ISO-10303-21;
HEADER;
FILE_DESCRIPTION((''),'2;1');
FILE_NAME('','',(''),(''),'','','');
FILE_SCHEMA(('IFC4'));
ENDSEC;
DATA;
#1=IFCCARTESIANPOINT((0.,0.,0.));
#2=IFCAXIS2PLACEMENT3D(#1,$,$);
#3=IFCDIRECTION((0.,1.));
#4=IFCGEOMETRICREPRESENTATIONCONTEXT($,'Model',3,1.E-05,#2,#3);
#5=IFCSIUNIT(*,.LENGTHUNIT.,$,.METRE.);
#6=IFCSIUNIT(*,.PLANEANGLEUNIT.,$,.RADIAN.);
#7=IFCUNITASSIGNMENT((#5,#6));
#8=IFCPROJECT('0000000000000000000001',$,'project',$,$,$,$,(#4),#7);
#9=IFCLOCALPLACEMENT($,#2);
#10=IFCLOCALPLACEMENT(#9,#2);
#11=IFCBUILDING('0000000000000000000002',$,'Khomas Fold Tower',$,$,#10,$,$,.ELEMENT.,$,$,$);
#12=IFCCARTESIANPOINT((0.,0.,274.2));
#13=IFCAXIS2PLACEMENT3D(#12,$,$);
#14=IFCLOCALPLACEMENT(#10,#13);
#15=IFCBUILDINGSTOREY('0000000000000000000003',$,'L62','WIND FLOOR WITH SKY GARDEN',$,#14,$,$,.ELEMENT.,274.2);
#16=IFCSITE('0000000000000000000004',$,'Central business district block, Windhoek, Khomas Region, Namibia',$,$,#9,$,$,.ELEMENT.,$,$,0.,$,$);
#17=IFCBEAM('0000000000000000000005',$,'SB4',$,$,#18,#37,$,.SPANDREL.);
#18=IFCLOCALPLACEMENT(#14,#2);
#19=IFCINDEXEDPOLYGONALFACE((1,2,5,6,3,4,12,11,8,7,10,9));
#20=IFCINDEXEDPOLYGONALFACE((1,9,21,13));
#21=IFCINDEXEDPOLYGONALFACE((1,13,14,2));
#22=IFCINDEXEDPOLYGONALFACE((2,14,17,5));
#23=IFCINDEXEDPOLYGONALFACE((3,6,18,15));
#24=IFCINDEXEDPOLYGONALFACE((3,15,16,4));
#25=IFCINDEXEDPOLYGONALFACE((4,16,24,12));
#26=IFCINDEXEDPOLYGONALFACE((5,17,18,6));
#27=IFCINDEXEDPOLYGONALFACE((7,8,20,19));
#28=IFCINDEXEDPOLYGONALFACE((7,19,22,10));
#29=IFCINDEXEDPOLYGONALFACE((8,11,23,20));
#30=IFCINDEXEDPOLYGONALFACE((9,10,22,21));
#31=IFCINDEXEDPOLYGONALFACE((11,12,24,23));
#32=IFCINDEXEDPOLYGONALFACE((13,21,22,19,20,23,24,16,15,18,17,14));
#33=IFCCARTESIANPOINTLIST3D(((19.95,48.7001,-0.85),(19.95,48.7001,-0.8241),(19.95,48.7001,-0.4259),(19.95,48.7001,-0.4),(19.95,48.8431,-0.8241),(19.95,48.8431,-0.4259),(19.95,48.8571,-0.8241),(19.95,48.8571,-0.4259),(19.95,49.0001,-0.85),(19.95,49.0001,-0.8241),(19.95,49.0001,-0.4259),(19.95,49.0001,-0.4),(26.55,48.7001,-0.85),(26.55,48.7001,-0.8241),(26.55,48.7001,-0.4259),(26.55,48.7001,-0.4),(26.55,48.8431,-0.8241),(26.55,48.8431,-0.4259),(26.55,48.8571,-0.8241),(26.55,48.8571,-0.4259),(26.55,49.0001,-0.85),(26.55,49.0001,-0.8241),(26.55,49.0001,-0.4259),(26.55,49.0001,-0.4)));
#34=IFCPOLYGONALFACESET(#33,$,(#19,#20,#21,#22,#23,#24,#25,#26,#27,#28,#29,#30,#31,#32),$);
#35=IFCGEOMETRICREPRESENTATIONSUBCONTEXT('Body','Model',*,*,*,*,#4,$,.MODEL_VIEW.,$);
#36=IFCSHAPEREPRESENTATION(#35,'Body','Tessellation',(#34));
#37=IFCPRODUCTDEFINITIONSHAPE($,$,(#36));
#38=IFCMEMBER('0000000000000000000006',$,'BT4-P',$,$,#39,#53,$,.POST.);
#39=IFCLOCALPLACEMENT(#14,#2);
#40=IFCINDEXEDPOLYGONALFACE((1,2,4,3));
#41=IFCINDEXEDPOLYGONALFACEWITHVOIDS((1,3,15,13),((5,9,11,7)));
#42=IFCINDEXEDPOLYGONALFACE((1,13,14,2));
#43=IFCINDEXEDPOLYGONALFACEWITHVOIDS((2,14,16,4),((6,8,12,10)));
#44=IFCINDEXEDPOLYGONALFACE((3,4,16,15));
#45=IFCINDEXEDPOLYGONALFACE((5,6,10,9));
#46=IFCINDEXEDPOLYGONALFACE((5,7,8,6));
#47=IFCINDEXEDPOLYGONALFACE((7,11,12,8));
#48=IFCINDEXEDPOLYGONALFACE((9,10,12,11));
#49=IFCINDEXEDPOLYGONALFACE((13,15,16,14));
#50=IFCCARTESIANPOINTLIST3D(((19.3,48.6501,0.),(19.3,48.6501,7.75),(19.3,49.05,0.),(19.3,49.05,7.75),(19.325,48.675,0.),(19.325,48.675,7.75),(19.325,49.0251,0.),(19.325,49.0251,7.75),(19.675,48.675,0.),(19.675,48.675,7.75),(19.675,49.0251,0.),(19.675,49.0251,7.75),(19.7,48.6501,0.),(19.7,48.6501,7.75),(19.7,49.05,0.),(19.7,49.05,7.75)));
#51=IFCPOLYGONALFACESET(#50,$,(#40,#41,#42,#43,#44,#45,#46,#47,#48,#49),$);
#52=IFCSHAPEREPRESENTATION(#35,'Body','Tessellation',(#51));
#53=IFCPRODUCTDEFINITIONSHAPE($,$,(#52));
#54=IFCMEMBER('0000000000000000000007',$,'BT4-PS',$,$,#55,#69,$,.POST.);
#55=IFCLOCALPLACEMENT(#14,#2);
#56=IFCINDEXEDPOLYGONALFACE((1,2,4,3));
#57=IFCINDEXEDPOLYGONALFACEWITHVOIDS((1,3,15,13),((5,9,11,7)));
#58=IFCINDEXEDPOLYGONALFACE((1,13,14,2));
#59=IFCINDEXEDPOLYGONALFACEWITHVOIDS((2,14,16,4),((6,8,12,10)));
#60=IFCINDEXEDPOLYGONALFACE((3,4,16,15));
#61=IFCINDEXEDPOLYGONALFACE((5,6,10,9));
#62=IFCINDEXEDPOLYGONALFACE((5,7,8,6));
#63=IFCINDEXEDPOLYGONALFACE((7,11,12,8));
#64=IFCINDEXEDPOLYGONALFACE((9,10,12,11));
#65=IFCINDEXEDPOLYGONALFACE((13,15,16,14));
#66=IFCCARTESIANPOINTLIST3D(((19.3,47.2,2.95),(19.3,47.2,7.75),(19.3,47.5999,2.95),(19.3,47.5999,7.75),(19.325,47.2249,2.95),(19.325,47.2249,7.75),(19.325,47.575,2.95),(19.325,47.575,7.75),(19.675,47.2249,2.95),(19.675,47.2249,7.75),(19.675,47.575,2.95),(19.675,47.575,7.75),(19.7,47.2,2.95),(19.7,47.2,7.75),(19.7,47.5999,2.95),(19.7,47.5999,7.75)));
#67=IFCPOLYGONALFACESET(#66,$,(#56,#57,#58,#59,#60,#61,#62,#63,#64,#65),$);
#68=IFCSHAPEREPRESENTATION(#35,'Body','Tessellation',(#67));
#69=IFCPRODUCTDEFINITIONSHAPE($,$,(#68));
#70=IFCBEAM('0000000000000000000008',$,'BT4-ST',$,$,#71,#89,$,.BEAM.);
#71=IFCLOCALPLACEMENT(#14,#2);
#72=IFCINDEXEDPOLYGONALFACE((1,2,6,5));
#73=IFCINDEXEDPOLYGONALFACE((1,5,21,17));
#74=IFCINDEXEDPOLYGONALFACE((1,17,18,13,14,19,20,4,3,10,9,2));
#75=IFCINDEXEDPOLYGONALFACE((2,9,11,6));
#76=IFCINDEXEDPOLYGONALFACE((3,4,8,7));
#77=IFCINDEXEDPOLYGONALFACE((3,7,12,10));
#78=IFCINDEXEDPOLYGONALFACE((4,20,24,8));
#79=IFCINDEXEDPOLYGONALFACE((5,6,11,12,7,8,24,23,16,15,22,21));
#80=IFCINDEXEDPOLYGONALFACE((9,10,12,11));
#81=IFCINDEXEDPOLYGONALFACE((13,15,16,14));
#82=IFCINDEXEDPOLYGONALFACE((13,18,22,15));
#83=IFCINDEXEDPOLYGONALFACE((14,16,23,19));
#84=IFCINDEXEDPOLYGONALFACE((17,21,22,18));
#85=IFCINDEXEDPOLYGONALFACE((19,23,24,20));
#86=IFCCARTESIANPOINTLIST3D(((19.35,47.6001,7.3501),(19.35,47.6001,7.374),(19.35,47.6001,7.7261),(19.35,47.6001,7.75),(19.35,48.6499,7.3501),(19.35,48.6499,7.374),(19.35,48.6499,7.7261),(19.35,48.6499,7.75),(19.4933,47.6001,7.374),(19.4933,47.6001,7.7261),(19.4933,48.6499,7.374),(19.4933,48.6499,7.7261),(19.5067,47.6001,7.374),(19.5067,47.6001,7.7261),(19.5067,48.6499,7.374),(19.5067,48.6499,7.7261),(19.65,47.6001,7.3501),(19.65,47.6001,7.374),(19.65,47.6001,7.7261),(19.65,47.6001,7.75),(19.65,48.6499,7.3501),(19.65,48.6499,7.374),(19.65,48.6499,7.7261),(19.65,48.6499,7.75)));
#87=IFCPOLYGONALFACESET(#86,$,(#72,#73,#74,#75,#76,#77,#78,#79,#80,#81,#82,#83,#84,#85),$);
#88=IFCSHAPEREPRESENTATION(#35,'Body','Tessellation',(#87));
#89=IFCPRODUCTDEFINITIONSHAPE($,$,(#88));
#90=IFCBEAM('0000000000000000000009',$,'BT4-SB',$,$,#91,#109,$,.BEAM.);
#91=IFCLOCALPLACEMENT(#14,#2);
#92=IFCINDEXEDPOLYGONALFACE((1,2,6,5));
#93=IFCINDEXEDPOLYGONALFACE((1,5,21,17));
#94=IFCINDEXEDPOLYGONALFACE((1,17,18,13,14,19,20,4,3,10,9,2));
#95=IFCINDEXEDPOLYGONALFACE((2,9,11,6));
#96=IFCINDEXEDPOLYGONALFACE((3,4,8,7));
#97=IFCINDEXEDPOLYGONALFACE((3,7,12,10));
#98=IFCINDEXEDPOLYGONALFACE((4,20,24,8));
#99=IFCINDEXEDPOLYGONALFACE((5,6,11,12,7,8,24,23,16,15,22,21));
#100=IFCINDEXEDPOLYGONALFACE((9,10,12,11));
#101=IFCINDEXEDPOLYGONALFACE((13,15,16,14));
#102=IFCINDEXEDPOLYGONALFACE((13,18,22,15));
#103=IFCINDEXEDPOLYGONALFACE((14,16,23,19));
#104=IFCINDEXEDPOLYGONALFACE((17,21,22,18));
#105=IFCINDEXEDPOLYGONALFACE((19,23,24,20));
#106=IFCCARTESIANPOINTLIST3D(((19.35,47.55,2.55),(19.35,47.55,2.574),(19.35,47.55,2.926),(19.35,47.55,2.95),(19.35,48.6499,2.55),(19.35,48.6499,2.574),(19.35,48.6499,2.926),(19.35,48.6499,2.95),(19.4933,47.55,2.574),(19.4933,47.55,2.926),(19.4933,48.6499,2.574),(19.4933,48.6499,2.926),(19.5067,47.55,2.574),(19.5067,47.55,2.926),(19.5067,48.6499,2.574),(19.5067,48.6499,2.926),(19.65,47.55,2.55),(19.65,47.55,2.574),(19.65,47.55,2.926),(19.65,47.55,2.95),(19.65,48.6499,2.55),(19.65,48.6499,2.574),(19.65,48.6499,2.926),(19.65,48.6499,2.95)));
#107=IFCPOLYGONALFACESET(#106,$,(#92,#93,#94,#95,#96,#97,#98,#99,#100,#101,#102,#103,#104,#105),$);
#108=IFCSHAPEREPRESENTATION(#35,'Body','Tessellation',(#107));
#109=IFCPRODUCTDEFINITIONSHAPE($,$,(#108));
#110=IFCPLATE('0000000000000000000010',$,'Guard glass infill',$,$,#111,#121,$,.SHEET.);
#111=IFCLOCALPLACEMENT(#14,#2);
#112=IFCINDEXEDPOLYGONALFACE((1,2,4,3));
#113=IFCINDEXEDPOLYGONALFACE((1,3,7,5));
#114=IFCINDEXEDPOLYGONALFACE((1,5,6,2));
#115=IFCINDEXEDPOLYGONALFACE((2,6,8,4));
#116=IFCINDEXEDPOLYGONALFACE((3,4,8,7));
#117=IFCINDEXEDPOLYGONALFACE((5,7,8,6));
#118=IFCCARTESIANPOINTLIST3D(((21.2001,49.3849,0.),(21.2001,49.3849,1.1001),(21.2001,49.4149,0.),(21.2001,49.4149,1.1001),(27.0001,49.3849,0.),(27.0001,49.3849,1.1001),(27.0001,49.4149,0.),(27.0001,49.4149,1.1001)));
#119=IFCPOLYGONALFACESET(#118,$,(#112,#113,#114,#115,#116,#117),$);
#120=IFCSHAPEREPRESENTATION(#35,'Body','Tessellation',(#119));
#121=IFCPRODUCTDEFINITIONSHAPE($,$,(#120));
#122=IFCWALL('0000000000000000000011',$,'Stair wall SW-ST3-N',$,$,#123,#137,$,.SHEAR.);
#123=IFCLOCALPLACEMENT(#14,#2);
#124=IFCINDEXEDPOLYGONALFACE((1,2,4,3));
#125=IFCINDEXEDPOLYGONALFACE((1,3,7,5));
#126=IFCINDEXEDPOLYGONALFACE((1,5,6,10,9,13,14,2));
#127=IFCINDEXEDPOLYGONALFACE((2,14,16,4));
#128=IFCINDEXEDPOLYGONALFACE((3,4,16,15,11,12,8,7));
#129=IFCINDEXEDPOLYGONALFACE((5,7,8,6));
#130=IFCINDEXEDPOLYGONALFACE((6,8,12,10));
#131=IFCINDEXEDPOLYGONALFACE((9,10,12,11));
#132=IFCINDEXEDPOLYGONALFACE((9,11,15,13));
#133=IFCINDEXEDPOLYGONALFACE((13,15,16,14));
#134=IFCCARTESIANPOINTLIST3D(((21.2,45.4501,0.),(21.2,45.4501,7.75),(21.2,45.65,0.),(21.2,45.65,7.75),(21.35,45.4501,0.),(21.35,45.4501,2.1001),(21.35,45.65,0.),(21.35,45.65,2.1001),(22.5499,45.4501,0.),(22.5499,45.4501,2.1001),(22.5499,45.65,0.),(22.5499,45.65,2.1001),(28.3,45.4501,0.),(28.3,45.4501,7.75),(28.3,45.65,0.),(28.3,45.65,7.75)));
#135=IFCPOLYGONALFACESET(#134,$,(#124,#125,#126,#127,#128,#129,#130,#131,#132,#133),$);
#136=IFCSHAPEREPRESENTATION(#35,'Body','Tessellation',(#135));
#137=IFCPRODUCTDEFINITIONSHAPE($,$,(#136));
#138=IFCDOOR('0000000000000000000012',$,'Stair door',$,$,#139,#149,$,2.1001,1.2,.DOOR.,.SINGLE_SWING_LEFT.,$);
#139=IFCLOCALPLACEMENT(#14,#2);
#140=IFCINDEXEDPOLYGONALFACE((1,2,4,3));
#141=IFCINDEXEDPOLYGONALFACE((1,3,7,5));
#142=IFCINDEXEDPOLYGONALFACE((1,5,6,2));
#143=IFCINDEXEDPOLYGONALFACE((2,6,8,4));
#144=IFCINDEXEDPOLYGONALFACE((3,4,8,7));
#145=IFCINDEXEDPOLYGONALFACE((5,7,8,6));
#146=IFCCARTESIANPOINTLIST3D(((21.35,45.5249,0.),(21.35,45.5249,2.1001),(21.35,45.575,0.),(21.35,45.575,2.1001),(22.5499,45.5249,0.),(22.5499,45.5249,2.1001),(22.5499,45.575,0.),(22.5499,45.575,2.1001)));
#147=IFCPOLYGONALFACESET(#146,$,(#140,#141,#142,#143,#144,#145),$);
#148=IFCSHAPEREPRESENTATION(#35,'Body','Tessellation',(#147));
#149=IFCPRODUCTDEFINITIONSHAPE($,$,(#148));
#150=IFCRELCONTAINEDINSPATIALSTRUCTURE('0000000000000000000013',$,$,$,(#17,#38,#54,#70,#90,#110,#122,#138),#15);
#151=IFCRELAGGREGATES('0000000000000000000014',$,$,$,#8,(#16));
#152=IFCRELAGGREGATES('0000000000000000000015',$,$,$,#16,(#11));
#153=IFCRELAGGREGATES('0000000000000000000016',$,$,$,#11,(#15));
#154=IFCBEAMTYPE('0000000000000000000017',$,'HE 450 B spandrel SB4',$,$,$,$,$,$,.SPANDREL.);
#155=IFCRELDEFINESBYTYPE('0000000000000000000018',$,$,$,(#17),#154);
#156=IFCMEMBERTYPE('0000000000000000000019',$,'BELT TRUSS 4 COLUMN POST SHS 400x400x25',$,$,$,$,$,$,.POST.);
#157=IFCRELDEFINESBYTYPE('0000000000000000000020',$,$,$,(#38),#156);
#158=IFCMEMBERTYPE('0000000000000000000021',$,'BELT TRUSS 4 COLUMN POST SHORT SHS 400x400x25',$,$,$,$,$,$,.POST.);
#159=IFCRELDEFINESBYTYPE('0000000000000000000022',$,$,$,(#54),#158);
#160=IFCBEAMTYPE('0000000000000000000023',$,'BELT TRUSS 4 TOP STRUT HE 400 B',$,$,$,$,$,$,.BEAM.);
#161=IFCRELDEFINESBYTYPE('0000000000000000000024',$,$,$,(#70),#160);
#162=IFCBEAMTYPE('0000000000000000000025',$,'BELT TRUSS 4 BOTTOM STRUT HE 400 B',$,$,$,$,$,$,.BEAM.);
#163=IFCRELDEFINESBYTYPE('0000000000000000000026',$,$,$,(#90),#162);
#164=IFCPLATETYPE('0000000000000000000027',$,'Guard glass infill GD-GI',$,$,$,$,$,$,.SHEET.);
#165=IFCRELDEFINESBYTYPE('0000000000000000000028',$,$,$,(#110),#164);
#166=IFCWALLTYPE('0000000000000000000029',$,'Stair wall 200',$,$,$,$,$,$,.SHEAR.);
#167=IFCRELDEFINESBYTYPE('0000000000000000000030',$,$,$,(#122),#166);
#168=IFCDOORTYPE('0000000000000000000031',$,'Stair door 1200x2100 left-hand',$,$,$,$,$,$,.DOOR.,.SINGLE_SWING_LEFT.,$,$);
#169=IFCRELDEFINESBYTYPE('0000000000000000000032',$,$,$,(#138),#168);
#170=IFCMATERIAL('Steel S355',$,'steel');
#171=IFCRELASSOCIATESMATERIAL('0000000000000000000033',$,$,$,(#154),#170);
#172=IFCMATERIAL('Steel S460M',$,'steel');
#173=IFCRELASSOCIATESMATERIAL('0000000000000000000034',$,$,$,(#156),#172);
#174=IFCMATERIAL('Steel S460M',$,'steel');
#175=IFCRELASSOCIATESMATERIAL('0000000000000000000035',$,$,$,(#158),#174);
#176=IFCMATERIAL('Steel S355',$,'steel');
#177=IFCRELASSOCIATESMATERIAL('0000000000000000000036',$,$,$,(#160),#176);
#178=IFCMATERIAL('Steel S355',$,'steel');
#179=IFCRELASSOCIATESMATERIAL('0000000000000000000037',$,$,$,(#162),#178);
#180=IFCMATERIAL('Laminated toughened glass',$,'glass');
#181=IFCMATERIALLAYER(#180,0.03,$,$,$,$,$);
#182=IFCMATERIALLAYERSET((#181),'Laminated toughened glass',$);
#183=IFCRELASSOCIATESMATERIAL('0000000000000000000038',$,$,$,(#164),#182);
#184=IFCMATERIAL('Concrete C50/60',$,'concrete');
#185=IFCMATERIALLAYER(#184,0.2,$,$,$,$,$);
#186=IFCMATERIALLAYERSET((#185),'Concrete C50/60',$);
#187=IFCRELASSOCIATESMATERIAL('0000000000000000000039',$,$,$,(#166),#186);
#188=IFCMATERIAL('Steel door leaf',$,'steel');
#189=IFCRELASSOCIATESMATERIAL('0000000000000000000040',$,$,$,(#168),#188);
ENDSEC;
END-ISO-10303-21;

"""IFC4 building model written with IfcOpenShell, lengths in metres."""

from ifc_helpers import new_model, si_unit, direction, frame, frame_2d, origin, origin_2d, place, context, subcontext, project, spatial, rectangle, hollow_rectangle, i_section, extrude, source, transform, mapped, material, layer, layer_set, material_profile, profile_set, type_object, element, fill, save


model = new_model("IFC4")

# Units and contexts
model_context = context("Model", 3, precision=1e-05, world=origin(), true_north=direction((0.0, 1.0)))
body_context = subcontext(model_context, "Body", "Model", "MODEL_VIEW")
ifc_project = project(units=[si_unit("LENGTHUNIT", "METRE"), si_unit("PLANEANGLEUNIT", "RADIAN")], contexts=[model_context])

# Site, building, storey
site_placement = place(None, origin())
site = spatial("IfcSite", under=ifc_project, at=site_placement, Name="Central business district block, Windhoek, Khomas Region, Namibia", CompositionType="ELEMENT", RefElevation=0.0)
building_placement = place(site_placement, origin())
building = spatial("IfcBuilding", under=site, at=building_placement, Name="Khomas Fold Tower", CompositionType="ELEMENT")
storey_placement = place(building_placement, frame((0.0, 0.0, 274.2)))
storey = spatial("IfcBuildingStorey", under=building, at=storey_placement, Name="L62", Description="WIND FLOOR WITH SKY GARDEN", CompositionType="ELEMENT", Elevation=274.2)

# Beam
ifc_material_1 = material(Name="Steel S355", Category="steel")
ifc_material_profile_1 = material_profile(ifc_material_1, i_section(OverallWidth=0.3, OverallDepth=0.45, WebThickness=0.0139, FlangeThickness=0.0259, at=origin_2d()), Name="HE 450 B")
ifc_profile_set_1 = profile_set([ifc_material_profile_1], Name="Steel S355")
beam_type_1 = type_object("IfcBeamType", Name="HE 450 B spandrel SB4", PredefinedType="SPANDREL", material=ifc_profile_set_1)
shared_shape_1 = source(origin(), body_context, "Body", "SweptSolid", [
    extrude(i_section(OverallWidth=0.3, OverallDepth=0.45, WebThickness=0.0139, FlangeThickness=0.0259, at=origin_2d()), origin(), (0.0, 0.0, 1.0), 6.6001),
])
beam_1_placement = place(storey_placement, frame((19.95, 48.8501, -0.625), z_axis=(1.0, 0.0, 0.0), x_axis=(0.0, 1.0, 0.0)))
element("IfcBeam", 1, at=beam_1_placement, inside=storey, type_object=beam_type_1, Name="SB4", PredefinedType="SPANDREL", context=body_context, shape_type="MappedRepresentation", body=[
    mapped(shared_shape_1, transform((0.0, 0.0, 0.0))),
])

# Members
ifc_material_2 = material(Name="Steel S460M", Category="steel")
ifc_material_profile_2 = material_profile(ifc_material_2, hollow_rectangle(XDim=0.3999, YDim=0.3999, WallThickness=0.0249, at=origin_2d()), Name="SHS 400x400x25")
ifc_profile_set_2 = profile_set([ifc_material_profile_2], Name="Steel S460M")
member_type_1 = type_object("IfcMemberType", Name="BELT TRUSS 4 COLUMN POST SHS 400x400x25", PredefinedType="POST", material=ifc_profile_set_2)
shared_shape_2 = source(origin(), body_context, "Body", "SweptSolid", [
    extrude(hollow_rectangle(XDim=0.3999, YDim=0.3999, WallThickness=0.0249, at=origin_2d()), origin(), (0.0, 0.0, 1.0), 7.75),
])
member_1_placement = place(storey_placement, frame((19.5, 48.8501, 0.0), z_axis=(0.0, 0.0, 1.0), x_axis=(1.0, 0.0, 0.0)))
element("IfcMember", 2, at=member_1_placement, inside=storey, type_object=member_type_1, Name="BT4-P", PredefinedType="POST", context=body_context, shape_type="MappedRepresentation", body=[
    mapped(shared_shape_2, transform((0.0, 0.0, 0.0))),
])
ifc_material_3 = material(Name="Steel S460M", Category="steel")
ifc_material_profile_3 = material_profile(ifc_material_3, hollow_rectangle(XDim=0.3999, YDim=0.3999, WallThickness=0.0249, at=origin_2d()), Name="SHS 400x400x25")
ifc_profile_set_3 = profile_set([ifc_material_profile_3], Name="Steel S460M")
member_type_2 = type_object("IfcMemberType", Name="BELT TRUSS 4 COLUMN POST SHORT SHS 400x400x25", PredefinedType="POST", material=ifc_profile_set_3)
shared_shape_3 = source(origin(), body_context, "Body", "SweptSolid", [
    extrude(hollow_rectangle(XDim=0.3999, YDim=0.3999, WallThickness=0.0249, at=origin_2d()), origin(), (0.0, 0.0, 1.0), 4.8),
])
member_2_placement = place(storey_placement, frame((19.5, 47.3999, 2.95), z_axis=(0.0, 0.0, 1.0), x_axis=(1.0, 0.0, 0.0)))
element("IfcMember", 3, at=member_2_placement, inside=storey, type_object=member_type_2, Name="BT4-PS", PredefinedType="POST", context=body_context, shape_type="MappedRepresentation", body=[
    mapped(shared_shape_3, transform((0.0, 0.0, 0.0))),
])

# Beams
ifc_material_4 = material(Name="Steel S355", Category="steel")
ifc_material_profile_4 = material_profile(ifc_material_4, i_section(OverallWidth=0.3, OverallDepth=0.3999, WebThickness=0.0134, FlangeThickness=0.0239, at=origin_2d()), Name="HE 400 B")
ifc_profile_set_4 = profile_set([ifc_material_profile_4], Name="Steel S355")
beam_type_2 = type_object("IfcBeamType", Name="BELT TRUSS 4 TOP STRUT HE 400 B", PredefinedType="BEAM", material=ifc_profile_set_4)
shared_shape_4 = source(origin(), body_context, "Body", "SweptSolid", [
    extrude(i_section(OverallWidth=0.3, OverallDepth=0.3999, WebThickness=0.0134, FlangeThickness=0.0239, at=origin_2d()), origin(), (0.0, 0.0, 1.0), 1.0498),
])
beam_2_placement = place(storey_placement, frame((19.5, 47.6001, 7.55), z_axis=(0.0, 1.0, 0.0), x_axis=(-1.0, 0.0, 0.0)))
element("IfcBeam", 4, at=beam_2_placement, inside=storey, type_object=beam_type_2, Name="BT4-ST", PredefinedType="BEAM", context=body_context, shape_type="MappedRepresentation", body=[
    mapped(shared_shape_4, transform((0.0, 0.0, 0.0))),
])
ifc_material_5 = material(Name="Steel S355", Category="steel")
ifc_material_profile_5 = material_profile(ifc_material_5, i_section(OverallWidth=0.3, OverallDepth=0.3999, WebThickness=0.0134, FlangeThickness=0.0239, at=origin_2d()), Name="HE 400 B")
ifc_profile_set_5 = profile_set([ifc_material_profile_5], Name="Steel S355")
beam_type_3 = type_object("IfcBeamType", Name="BELT TRUSS 4 BOTTOM STRUT HE 400 B", PredefinedType="BEAM", material=ifc_profile_set_5)
shared_shape_5 = source(origin(), body_context, "Body", "SweptSolid", [
    extrude(i_section(OverallWidth=0.3, OverallDepth=0.3999, WebThickness=0.0134, FlangeThickness=0.0239, at=origin_2d()), origin(), (0.0, 0.0, 1.0), 1.0999),
])
beam_3_placement = place(storey_placement, frame((19.5, 47.55, 2.75), z_axis=(0.0, 1.0, 0.0), x_axis=(-1.0, 0.0, 0.0)))
element("IfcBeam", 5, at=beam_3_placement, inside=storey, type_object=beam_type_3, Name="BT4-SB", PredefinedType="BEAM", context=body_context, shape_type="MappedRepresentation", body=[
    mapped(shared_shape_5, transform((0.0, 0.0, 0.0))),
])

# Plate
ifc_material_6 = material(Name="Laminated toughened glass", Category="glass")
ifc_layer_1 = layer(ifc_material_6, 0.03)
ifc_layer_set_1 = layer_set([ifc_layer_1], Name="Laminated toughened glass")
plate_type = type_object("IfcPlateType", Name="Guard glass infill GD-GI", PredefinedType="SHEET", material=ifc_layer_set_1)
shared_shape_6 = source(origin(), body_context, "Body", "SweptSolid", [
    extrude(rectangle(XDim=5.8, YDim=0.03, at=origin_2d()), origin(), (0.0, 0.0, 1.0), 1.1001),
])
plate_placement = place(storey_placement, frame((24.1001, 49.3999, 0.0), z_axis=(0.0, 0.0, 1.0), x_axis=(1.0, 0.0, 0.0)))
element("IfcPlate", 6, at=plate_placement, inside=storey, type_object=plate_type, Name="Guard glass infill", PredefinedType="SHEET", context=body_context, shape_type="MappedRepresentation", body=[
    mapped(shared_shape_6, transform((0.0, 0.0, 0.0))),
])

# Wall, opening, door
ifc_material_7 = material(Name="Concrete C50/60", Category="concrete")
ifc_layer_2 = layer(ifc_material_7, 0.2)
ifc_layer_set_2 = layer_set([ifc_layer_2], Name="Concrete C50/60")
wall_type = type_object("IfcWallType", Name="Stair wall 200", PredefinedType="SHEAR", material=ifc_layer_set_2)
shared_shape_7 = source(origin(), body_context, "Body", "SweptSolid", [
    extrude(rectangle(XDim=7.1001, YDim=0.2, at=frame_2d((3.55, 0.0))), origin(), (0.0, 0.0, 1.0), 7.75),
])
wall_placement = place(storey_placement, frame((21.2, 45.55, 0.0), z_axis=(0.0, 0.0, 1.0), x_axis=(1.0, 0.0, 0.0)))
wall = element("IfcWall", 7, at=wall_placement, inside=storey, type_object=wall_type, Name="Stair wall SW-ST3-N", PredefinedType="SHEAR", context=body_context, shape_type="MappedRepresentation", body=[
    mapped(shared_shape_7, transform((0.0, 0.0, 0.0))),
])
shared_shape_8 = source(origin(), body_context, "Body", "SweptSolid", [
    extrude(rectangle(XDim=1.2, YDim=2.1001, at=frame_2d((0.6001, 1.05))), frame((0.0, 0.1099, 0.0), z_axis=(0.0, -1.0, 0.0), x_axis=(1.0, 0.0, 0.0)), (0.0, 0.0, 1.0), 0.22),
])
opening_placement = place(wall_placement, frame((0.1499, 0.0, 0.0)))
opening = element("IfcOpeningElement", 8, at=opening_placement, cuts=wall, PredefinedType="OPENING", context=body_context, shape_type="MappedRepresentation", body=[
    mapped(shared_shape_8, transform((0.0, 0.0, 0.0))),
])
ifc_material_8 = material(Name="Steel door leaf", Category="steel")
door_type = type_object("IfcDoorType", Name="Stair door 1200x2100 left-hand", OperationType="SINGLE_SWING_LEFT", PredefinedType="DOOR", material=ifc_material_8)
shared_shape_9 = source(origin(), body_context, "Body", "SweptSolid", [
    extrude(rectangle(XDim=1.2, YDim=2.1001, at=frame_2d((0.6001, 1.05))), frame((0.0, 0.0249, 0.0), z_axis=(0.0, -1.0, 0.0), x_axis=(1.0, 0.0, 0.0)), (0.0, 0.0, 1.0), 0.05),
])
door_placement = place(opening_placement, origin())
door = element("IfcDoor", 9, at=door_placement, inside=storey, type_object=door_type, Name="Stair door", OperationType="SINGLE_SWING_LEFT", OverallHeight=2.1001, OverallWidth=1.2, PredefinedType="DOOR", context=body_context, shape_type="MappedRepresentation", body=[
    mapped(shared_shape_9, transform((0.0, 0.0, 0.0))),
])
fill(opening, door)

save(model, "model.ifc")
